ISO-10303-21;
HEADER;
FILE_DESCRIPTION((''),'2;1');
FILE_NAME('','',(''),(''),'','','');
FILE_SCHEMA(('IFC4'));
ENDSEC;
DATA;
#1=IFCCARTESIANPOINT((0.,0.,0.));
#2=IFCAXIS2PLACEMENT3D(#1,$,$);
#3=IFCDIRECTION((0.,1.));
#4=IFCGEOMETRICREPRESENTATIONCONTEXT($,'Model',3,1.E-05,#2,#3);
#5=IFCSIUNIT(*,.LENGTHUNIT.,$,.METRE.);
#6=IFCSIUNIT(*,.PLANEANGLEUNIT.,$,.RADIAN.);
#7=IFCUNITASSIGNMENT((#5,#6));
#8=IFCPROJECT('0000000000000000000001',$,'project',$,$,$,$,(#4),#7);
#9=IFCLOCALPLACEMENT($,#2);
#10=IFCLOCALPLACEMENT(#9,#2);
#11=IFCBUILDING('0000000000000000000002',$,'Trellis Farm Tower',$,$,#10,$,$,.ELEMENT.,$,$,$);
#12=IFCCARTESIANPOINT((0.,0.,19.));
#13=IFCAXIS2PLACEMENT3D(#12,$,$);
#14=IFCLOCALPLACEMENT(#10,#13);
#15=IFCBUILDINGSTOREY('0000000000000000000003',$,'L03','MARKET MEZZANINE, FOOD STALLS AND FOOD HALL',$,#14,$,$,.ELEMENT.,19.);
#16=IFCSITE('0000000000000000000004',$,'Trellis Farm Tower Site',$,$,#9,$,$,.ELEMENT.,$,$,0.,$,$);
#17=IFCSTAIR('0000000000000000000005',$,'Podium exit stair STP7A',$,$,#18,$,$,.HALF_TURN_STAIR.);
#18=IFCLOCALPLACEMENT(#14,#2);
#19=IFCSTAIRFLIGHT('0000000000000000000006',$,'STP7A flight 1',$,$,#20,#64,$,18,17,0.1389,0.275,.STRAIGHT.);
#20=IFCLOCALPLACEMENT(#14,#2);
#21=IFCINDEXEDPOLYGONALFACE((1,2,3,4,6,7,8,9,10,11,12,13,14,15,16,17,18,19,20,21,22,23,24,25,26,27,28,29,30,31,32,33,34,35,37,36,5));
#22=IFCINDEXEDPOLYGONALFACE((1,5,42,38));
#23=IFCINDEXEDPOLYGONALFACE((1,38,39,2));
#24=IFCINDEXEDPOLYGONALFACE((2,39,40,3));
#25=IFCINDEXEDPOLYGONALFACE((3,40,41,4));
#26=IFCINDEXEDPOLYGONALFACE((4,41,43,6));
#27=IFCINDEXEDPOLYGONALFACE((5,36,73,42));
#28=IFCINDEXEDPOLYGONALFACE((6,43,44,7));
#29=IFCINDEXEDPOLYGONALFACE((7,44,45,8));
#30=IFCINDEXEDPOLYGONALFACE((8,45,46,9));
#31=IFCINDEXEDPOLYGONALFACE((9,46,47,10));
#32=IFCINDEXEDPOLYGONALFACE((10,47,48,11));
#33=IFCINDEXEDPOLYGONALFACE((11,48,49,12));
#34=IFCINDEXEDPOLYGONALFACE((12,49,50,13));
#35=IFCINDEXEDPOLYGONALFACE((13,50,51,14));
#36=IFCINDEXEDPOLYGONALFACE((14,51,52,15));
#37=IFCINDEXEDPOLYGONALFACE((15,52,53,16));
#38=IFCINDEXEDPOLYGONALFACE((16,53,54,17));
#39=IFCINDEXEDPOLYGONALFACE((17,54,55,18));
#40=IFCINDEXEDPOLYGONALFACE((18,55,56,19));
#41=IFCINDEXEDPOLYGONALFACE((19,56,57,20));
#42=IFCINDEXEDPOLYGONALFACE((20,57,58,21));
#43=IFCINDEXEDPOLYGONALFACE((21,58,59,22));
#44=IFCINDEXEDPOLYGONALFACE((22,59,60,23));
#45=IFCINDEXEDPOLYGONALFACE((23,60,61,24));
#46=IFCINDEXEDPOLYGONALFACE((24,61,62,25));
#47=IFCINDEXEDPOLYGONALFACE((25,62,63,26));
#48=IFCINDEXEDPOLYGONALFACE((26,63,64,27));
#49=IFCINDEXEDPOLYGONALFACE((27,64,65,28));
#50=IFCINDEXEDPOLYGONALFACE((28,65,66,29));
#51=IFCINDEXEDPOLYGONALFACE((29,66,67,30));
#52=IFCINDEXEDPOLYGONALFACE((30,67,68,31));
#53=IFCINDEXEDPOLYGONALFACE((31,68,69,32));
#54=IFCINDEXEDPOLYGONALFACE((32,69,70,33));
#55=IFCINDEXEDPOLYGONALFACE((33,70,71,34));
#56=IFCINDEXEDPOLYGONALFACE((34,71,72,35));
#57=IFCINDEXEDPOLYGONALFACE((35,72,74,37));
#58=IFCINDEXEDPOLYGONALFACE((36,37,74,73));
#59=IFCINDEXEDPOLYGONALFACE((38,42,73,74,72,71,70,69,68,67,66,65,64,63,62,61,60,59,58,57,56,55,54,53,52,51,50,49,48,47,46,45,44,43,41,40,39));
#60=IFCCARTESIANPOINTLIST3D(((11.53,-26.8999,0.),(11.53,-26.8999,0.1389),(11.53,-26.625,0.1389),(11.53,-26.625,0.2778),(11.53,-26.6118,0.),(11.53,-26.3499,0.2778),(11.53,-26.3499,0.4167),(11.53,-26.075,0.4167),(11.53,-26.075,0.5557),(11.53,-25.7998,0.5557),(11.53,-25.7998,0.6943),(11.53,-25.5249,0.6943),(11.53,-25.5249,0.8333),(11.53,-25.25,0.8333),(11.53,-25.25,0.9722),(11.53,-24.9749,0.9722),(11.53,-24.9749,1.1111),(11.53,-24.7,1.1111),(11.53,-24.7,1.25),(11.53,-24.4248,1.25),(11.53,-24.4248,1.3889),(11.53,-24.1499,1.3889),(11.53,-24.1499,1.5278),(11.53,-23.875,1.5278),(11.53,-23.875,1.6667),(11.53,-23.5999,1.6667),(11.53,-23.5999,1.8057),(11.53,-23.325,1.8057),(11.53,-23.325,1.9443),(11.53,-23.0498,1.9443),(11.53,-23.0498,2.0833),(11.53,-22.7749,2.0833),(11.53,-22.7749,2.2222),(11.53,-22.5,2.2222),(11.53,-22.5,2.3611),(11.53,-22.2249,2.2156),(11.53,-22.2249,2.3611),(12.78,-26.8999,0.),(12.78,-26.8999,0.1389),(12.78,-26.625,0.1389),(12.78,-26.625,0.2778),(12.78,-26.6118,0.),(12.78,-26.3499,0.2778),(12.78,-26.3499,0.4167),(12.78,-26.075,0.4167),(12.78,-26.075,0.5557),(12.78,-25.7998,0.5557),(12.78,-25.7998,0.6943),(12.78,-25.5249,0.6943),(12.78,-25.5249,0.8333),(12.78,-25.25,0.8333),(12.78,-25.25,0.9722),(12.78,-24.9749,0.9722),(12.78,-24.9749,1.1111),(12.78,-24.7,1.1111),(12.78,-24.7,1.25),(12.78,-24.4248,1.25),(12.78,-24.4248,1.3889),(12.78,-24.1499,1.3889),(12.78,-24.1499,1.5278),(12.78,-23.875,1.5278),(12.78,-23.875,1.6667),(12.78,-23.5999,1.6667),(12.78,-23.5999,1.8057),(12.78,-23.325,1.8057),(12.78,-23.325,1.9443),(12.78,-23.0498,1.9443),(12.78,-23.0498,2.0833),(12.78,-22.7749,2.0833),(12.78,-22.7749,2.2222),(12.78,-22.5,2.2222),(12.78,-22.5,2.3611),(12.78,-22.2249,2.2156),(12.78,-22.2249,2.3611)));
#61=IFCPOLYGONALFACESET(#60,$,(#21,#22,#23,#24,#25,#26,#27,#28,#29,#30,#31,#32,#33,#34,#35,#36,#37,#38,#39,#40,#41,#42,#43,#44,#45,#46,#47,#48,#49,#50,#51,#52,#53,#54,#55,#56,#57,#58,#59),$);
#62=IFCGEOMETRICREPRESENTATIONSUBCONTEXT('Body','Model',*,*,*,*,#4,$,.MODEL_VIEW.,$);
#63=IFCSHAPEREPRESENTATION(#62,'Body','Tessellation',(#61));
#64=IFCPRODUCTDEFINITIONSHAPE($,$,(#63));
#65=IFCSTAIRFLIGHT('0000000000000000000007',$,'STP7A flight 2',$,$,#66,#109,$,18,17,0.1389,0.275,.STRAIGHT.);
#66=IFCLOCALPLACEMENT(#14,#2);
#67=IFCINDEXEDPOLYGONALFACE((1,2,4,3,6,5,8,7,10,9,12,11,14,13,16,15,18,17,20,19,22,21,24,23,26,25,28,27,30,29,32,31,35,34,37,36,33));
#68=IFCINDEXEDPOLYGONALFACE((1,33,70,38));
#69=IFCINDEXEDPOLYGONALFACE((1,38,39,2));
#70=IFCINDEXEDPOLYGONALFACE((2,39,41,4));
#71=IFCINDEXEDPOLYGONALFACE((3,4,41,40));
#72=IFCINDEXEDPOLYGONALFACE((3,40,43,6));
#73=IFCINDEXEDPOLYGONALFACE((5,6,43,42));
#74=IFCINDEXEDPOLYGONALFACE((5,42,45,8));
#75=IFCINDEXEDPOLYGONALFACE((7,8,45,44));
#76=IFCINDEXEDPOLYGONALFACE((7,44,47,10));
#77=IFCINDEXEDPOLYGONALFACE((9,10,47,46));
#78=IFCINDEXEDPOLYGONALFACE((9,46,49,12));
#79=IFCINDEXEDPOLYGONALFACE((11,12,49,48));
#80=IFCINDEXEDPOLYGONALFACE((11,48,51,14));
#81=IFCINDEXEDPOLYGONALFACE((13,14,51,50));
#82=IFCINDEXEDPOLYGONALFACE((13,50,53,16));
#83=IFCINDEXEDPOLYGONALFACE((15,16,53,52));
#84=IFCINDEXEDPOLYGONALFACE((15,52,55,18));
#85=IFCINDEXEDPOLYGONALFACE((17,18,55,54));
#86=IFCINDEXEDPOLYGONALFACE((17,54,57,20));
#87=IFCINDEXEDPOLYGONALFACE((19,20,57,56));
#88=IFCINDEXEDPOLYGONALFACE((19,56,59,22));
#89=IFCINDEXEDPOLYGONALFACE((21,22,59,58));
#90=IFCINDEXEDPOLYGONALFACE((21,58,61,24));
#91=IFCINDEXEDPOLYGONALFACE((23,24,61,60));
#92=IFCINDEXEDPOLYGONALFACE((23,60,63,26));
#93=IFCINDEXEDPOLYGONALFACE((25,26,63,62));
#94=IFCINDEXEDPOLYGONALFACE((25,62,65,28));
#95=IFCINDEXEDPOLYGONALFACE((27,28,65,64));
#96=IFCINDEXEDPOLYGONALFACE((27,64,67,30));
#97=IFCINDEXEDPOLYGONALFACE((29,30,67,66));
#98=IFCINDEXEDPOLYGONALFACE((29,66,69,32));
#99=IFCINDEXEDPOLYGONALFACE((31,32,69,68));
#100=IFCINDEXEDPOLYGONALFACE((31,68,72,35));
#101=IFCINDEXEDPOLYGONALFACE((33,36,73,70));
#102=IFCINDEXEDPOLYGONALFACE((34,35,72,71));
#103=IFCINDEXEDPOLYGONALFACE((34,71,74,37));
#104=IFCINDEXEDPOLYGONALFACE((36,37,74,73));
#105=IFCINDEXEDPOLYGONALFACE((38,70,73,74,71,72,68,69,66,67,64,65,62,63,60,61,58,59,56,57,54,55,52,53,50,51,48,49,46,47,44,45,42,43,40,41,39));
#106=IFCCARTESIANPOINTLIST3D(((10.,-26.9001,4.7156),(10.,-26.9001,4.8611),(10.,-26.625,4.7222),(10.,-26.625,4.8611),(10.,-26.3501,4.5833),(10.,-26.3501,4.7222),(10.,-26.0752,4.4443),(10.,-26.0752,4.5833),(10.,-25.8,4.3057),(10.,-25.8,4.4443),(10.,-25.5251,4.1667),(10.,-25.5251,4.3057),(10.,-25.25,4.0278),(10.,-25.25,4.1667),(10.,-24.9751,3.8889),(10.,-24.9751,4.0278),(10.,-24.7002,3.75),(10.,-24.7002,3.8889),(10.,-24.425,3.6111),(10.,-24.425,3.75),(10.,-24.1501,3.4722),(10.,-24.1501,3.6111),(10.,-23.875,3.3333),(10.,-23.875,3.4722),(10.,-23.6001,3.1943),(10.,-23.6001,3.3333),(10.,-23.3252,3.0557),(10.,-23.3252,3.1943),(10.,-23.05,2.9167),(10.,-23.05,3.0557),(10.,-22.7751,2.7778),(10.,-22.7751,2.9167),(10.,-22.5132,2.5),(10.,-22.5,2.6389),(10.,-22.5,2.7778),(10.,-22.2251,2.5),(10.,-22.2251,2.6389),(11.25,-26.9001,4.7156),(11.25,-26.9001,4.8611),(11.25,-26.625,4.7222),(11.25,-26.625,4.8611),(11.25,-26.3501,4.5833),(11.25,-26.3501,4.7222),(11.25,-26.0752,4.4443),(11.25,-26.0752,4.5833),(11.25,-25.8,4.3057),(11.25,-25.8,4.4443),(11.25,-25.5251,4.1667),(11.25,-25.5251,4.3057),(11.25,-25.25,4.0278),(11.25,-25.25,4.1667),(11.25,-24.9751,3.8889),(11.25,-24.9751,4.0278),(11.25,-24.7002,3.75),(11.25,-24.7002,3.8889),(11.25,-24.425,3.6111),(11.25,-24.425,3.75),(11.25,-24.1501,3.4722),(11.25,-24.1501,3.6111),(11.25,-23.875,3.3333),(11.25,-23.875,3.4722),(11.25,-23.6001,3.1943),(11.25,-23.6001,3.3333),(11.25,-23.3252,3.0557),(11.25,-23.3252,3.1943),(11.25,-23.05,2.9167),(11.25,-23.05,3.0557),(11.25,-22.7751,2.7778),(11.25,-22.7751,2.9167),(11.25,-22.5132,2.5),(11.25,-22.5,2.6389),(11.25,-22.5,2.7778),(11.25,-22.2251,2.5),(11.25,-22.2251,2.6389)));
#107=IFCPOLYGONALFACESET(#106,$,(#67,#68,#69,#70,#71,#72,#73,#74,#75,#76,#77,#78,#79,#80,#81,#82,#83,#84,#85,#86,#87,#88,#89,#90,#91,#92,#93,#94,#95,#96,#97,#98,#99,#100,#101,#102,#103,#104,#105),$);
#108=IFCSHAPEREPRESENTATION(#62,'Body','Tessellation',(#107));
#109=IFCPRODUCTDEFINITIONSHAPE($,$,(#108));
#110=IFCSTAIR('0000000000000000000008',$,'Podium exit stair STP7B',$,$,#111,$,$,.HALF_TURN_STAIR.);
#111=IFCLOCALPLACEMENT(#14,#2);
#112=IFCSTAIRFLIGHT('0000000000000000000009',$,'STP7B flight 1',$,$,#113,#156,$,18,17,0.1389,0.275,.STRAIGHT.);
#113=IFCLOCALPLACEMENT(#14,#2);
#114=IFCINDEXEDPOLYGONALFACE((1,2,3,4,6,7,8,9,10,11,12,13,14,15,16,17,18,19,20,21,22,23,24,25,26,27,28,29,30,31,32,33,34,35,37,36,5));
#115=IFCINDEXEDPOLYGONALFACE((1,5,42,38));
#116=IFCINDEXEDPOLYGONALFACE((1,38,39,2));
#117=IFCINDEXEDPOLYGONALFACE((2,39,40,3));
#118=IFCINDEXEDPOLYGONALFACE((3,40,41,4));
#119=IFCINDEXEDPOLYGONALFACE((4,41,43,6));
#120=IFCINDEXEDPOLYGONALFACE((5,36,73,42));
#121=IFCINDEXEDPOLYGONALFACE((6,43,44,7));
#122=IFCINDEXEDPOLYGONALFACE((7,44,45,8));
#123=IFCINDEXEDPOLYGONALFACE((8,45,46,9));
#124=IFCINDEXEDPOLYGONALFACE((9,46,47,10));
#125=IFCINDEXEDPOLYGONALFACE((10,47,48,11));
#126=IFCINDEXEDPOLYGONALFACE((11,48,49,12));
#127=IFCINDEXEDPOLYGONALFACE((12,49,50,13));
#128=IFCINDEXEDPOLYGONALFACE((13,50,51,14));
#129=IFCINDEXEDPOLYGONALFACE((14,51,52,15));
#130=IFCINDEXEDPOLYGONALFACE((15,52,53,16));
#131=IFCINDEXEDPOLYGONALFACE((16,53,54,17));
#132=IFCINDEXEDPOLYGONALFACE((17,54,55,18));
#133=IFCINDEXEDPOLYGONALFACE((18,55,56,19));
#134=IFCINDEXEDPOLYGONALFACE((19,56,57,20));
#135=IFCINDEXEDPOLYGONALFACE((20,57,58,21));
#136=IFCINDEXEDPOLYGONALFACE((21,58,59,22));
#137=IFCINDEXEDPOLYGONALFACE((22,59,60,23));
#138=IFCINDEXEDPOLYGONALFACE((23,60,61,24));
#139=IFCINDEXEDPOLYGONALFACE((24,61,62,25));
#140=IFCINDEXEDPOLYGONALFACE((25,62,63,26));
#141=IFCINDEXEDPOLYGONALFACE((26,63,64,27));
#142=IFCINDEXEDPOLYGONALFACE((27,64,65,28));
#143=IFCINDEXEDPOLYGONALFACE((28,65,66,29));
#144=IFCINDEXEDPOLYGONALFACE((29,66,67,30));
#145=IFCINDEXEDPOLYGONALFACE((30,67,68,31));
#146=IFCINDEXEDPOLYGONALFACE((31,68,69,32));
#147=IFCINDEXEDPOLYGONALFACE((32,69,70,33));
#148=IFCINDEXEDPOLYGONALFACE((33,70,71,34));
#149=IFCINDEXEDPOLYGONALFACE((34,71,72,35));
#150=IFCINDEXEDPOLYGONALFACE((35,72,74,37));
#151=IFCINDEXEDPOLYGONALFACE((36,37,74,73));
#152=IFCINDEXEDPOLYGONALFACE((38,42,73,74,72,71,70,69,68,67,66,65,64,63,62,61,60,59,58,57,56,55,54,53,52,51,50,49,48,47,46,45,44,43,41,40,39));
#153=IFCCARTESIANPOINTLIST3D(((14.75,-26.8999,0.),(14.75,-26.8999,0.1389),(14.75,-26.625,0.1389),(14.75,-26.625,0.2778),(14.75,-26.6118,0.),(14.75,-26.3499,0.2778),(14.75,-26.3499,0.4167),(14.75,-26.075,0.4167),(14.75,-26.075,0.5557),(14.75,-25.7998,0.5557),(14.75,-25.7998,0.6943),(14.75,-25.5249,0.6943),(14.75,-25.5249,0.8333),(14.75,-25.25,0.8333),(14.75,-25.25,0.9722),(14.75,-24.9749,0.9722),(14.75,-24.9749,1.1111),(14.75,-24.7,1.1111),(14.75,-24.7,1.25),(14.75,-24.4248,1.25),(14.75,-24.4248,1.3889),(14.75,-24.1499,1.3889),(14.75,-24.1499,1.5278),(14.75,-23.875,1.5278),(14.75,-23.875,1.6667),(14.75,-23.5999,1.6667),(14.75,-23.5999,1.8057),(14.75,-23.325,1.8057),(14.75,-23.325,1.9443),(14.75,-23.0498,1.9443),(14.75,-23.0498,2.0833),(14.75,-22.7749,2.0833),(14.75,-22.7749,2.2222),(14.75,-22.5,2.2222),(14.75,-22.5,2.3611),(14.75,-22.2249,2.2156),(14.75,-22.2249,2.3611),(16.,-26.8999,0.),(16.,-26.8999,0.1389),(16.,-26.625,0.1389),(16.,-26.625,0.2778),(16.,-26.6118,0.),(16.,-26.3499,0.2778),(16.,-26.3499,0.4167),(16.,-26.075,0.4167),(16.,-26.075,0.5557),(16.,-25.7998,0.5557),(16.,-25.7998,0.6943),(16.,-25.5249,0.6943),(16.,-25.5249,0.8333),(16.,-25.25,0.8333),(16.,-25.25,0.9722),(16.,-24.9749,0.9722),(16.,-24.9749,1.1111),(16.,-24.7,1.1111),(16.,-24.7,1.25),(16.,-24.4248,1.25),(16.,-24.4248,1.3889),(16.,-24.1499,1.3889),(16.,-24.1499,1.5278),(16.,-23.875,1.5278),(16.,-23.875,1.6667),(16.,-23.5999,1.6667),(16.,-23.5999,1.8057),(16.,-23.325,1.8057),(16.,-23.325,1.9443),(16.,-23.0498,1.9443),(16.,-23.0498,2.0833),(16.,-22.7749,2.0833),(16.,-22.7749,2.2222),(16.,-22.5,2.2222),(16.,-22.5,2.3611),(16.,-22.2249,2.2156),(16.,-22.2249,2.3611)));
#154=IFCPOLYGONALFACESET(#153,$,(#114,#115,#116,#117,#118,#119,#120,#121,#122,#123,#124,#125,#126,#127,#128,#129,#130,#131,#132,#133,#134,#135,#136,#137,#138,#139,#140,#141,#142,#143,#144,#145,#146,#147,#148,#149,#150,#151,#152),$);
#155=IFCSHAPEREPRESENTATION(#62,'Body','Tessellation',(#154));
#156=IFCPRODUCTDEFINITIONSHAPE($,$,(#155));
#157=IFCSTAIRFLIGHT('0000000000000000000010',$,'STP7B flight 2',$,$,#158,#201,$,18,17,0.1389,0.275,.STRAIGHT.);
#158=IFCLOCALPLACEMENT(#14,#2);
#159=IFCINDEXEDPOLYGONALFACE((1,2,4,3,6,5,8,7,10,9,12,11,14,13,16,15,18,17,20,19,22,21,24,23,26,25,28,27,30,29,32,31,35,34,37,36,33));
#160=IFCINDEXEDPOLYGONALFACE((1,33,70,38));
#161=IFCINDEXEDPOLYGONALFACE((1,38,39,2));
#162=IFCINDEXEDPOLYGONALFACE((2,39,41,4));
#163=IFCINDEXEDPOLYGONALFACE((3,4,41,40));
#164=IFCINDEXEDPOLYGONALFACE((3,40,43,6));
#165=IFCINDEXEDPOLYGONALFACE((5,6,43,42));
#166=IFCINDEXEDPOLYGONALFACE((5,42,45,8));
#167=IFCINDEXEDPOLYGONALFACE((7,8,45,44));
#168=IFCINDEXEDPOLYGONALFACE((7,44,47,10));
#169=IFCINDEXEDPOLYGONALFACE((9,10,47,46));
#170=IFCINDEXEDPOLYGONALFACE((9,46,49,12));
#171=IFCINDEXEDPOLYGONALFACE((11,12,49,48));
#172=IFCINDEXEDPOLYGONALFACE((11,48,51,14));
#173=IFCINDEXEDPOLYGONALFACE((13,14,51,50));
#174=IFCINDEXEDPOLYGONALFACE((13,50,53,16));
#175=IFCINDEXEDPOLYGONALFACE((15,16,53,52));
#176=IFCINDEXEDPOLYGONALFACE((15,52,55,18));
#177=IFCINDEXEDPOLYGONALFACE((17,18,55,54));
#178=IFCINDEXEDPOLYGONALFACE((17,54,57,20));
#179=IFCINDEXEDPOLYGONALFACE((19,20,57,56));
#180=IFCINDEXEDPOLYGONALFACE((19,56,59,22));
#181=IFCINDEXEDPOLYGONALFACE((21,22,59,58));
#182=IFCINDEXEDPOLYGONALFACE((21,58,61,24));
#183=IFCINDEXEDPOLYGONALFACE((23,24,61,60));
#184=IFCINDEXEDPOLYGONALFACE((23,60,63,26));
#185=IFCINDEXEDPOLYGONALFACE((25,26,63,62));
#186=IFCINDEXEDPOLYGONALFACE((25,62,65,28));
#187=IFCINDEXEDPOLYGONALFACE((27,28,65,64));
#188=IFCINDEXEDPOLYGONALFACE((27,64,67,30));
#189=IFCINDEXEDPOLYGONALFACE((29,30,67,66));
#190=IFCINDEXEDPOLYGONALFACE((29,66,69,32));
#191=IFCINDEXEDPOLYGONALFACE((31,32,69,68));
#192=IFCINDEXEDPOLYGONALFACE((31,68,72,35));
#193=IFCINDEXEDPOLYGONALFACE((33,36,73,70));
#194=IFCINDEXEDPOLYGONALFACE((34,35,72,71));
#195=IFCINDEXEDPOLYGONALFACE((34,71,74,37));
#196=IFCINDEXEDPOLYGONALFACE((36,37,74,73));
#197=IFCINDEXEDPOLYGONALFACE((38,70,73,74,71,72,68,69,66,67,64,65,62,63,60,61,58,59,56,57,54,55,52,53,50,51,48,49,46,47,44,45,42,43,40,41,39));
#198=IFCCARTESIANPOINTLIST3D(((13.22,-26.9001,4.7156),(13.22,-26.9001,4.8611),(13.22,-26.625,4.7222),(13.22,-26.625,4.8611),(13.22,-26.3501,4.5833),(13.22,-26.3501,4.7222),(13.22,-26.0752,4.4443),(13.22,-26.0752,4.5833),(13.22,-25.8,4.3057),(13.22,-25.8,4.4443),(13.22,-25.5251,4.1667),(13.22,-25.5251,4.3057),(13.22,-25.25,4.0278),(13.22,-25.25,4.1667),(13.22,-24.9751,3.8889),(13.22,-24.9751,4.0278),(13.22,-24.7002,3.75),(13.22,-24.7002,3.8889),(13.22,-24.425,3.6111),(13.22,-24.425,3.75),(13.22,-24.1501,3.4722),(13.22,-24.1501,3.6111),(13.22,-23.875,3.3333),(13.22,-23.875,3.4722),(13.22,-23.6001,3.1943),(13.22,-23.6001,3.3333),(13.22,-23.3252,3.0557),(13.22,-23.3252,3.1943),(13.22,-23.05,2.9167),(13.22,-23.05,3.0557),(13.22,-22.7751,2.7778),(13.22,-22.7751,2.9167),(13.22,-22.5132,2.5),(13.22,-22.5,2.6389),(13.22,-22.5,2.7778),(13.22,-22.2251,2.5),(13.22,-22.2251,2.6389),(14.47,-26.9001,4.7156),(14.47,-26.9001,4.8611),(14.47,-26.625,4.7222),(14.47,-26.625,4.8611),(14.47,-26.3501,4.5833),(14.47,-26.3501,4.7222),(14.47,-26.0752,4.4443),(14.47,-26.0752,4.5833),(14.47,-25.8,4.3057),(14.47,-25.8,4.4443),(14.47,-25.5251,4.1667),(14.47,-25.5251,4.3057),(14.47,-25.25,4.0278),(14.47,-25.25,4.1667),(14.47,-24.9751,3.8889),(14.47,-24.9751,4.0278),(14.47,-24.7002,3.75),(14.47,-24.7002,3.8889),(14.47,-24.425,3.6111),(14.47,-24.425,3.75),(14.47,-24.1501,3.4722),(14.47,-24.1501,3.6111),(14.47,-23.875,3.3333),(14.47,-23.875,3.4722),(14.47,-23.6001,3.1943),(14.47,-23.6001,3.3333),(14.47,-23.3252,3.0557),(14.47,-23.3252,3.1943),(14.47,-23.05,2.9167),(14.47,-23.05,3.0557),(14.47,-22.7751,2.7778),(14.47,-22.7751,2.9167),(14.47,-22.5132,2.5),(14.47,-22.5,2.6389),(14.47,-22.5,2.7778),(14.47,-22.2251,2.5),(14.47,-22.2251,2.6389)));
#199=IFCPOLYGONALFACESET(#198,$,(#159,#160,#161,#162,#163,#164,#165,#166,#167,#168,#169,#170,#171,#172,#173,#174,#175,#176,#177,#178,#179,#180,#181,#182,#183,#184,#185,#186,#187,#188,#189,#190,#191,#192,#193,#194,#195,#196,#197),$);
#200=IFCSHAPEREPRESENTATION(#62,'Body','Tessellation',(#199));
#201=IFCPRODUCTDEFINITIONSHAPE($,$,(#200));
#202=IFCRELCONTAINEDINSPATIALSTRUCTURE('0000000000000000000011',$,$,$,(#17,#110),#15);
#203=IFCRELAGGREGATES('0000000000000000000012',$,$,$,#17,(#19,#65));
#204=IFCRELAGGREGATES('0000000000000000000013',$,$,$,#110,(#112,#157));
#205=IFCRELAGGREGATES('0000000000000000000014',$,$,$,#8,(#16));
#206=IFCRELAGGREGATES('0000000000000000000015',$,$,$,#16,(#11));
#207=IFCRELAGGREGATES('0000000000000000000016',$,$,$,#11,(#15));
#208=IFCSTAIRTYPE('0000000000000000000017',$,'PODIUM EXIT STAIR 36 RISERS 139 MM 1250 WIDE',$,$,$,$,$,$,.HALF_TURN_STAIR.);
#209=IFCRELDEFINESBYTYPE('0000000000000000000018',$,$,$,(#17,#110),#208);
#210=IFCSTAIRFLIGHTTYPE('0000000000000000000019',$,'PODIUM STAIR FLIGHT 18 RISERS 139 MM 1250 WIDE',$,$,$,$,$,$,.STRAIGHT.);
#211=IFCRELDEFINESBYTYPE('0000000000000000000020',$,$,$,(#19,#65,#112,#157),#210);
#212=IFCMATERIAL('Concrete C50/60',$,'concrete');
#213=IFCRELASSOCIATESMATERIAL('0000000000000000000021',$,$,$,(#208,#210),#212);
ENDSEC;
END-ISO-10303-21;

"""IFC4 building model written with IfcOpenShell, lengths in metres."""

from ifc_helpers import new_model, si_unit, direction, frame, origin, place, context, subcontext, project, spatial, polyline, outline, extrude, source, transform, mapped, material, type_object, element, aggregate, save


model = new_model("IFC4")

# Units and contexts
model_context = context("Model", 3, precision=1e-05, world=origin(), true_north=direction((0.0, 1.0)))
body_context = subcontext(model_context, "Body", "Model", "MODEL_VIEW")
ifc_project = project(units=[si_unit("LENGTHUNIT", "METRE"), si_unit("PLANEANGLEUNIT", "RADIAN")], contexts=[model_context])

# Site, building, storey
site_placement = place(None, origin())
site = spatial("IfcSite", under=ifc_project, at=site_placement, Name="Trellis Farm Tower Site", CompositionType="ELEMENT", RefElevation=0.0)
building_placement = place(site_placement, origin())
building = spatial("IfcBuilding", under=site, at=building_placement, Name="Trellis Farm Tower", CompositionType="ELEMENT")
storey_placement = place(building_placement, frame((0.0, 0.0, 19.0)))
storey = spatial("IfcBuildingStorey", under=building, at=storey_placement, Name="L03", Description="MARKET MEZZANINE, FOOD STALLS AND FOOD HALL", CompositionType="ELEMENT", Elevation=19.0)

# Stairs, stair flights
ifc_material_1 = material(Name="Concrete C50/60", Category="concrete")
stair_type = type_object("IfcStairType", Name="PODIUM EXIT STAIR 36 RISERS 139 MM 1250 WIDE", PredefinedType="HALF_TURN_STAIR", material=ifc_material_1)
placement = place(storey_placement, origin())
stair_1 = element("IfcStair", 1, at=placement, inside=storey, type_object=stair_type, Name="Podium exit stair STP7A", PredefinedType="HALF_TURN_STAIR")
stair_flight_type = type_object("IfcStairFlightType", Name="PODIUM STAIR FLIGHT 18 RISERS 139 MM 1250 WIDE", PredefinedType="STRAIGHT", material=ifc_material_1)
shared_shape_1 = source(origin(), body_context, "Body", "SweptSolid", [
    extrude(outline(polyline([(0.0, 0.0), (0.0, 0.1389), (0.2749, 0.1389), (0.2749, 0.2778), (0.55, 0.2778), (0.55, 0.4167), (0.825, 0.4167), (0.825, 0.5557), (1.1001, 0.5557), (1.1001, 0.6943), (1.375, 0.6943), (1.375, 0.8333), (1.6499, 0.8333), (1.6499, 0.9722), (1.925, 0.9722), (1.925, 1.1111), (2.2, 1.1111), (2.2, 1.25), (2.4751, 1.25), (2.4751, 1.3889), (2.75, 1.3889), (2.75, 1.5278), (3.0249, 1.5278), (3.0249, 1.6667), (3.3, 1.6667), (3.3, 1.8057), (3.575, 1.8057), (3.575, 1.9443), (3.8501, 1.9443), (3.8501, 2.0833), (4.125, 2.0833), (4.125, 2.2222), (4.3999, 2.2222), (4.3999, 2.3611), (4.675, 2.3611), (4.675, 2.5), (4.675, 2.2156), (0.2881, 0.0), (0.0, 0.0)])), frame((0.0, 0.625, 0.0), z_axis=(0.0, -1.0, 0.0), x_axis=(1.0, 0.0, 0.0)), (0.0, 0.0, 1.0), 1.25),
])
stair_flight_1_placement = place(storey_placement, frame((12.155, -26.8999, 0.0), z_axis=(0.0, 0.0, 1.0), x_axis=(0.0, 1.0, 0.0)))
stair_flight_1 = element("IfcStairFlight", 2, at=stair_flight_1_placement, type_object=stair_flight_type, Name="STP7A flight 1", NumberOfRisers=18, NumberOfTreads=17, PredefinedType="STRAIGHT", RiserHeight=0.1389, TreadLength=0.275, context=body_context, shape_type="MappedRepresentation", body=[
    mapped(shared_shape_1, transform((0.0, 0.0, 0.0))),
])
stair_flight_2_placement = place(storey_placement, frame((10.625, -22.2251, 2.5), z_axis=(0.0, 0.0, 1.0), x_axis=(0.0, -1.0, 0.0)))
stair_flight_2 = element("IfcStairFlight", 3, at=stair_flight_2_placement, type_object=stair_flight_type, Name="STP7A flight 2", NumberOfRisers=18, NumberOfTreads=17, PredefinedType="STRAIGHT", RiserHeight=0.1389, TreadLength=0.275, context=body_context, shape_type="MappedRepresentation", body=[
    mapped(shared_shape_1, transform((0.0, 0.0, 0.0))),
])
aggregate(stair_1, [stair_flight_1, stair_flight_2])
stair_2 = element("IfcStair", 4, at=placement, inside=storey, type_object=stair_type, Name="Podium exit stair STP7B", PredefinedType="HALF_TURN_STAIR")
stair_flight_3_placement = place(storey_placement, frame((15.375, -26.8999, 0.0), z_axis=(0.0, 0.0, 1.0), x_axis=(0.0, 1.0, 0.0)))
stair_flight_3 = element("IfcStairFlight", 5, at=stair_flight_3_placement, type_object=stair_flight_type, Name="STP7B flight 1", NumberOfRisers=18, NumberOfTreads=17, PredefinedType="STRAIGHT", RiserHeight=0.1389, TreadLength=0.275, context=body_context, shape_type="MappedRepresentation", body=[
    mapped(shared_shape_1, transform((0.0, 0.0, 0.0))),
])
stair_flight_4_placement = place(storey_placement, frame((13.845, -22.2251, 2.5), z_axis=(0.0, 0.0, 1.0), x_axis=(0.0, -1.0, 0.0)))
stair_flight_4 = element("IfcStairFlight", 6, at=stair_flight_4_placement, type_object=stair_flight_type, Name="STP7B flight 2", NumberOfRisers=18, NumberOfTreads=17, PredefinedType="STRAIGHT", RiserHeight=0.1389, TreadLength=0.275, context=body_context, shape_type="MappedRepresentation", body=[
    mapped(shared_shape_1, transform((0.0, 0.0, 0.0))),
])
aggregate(stair_2, [stair_flight_3, stair_flight_4])

save(model, "model.ifc")
